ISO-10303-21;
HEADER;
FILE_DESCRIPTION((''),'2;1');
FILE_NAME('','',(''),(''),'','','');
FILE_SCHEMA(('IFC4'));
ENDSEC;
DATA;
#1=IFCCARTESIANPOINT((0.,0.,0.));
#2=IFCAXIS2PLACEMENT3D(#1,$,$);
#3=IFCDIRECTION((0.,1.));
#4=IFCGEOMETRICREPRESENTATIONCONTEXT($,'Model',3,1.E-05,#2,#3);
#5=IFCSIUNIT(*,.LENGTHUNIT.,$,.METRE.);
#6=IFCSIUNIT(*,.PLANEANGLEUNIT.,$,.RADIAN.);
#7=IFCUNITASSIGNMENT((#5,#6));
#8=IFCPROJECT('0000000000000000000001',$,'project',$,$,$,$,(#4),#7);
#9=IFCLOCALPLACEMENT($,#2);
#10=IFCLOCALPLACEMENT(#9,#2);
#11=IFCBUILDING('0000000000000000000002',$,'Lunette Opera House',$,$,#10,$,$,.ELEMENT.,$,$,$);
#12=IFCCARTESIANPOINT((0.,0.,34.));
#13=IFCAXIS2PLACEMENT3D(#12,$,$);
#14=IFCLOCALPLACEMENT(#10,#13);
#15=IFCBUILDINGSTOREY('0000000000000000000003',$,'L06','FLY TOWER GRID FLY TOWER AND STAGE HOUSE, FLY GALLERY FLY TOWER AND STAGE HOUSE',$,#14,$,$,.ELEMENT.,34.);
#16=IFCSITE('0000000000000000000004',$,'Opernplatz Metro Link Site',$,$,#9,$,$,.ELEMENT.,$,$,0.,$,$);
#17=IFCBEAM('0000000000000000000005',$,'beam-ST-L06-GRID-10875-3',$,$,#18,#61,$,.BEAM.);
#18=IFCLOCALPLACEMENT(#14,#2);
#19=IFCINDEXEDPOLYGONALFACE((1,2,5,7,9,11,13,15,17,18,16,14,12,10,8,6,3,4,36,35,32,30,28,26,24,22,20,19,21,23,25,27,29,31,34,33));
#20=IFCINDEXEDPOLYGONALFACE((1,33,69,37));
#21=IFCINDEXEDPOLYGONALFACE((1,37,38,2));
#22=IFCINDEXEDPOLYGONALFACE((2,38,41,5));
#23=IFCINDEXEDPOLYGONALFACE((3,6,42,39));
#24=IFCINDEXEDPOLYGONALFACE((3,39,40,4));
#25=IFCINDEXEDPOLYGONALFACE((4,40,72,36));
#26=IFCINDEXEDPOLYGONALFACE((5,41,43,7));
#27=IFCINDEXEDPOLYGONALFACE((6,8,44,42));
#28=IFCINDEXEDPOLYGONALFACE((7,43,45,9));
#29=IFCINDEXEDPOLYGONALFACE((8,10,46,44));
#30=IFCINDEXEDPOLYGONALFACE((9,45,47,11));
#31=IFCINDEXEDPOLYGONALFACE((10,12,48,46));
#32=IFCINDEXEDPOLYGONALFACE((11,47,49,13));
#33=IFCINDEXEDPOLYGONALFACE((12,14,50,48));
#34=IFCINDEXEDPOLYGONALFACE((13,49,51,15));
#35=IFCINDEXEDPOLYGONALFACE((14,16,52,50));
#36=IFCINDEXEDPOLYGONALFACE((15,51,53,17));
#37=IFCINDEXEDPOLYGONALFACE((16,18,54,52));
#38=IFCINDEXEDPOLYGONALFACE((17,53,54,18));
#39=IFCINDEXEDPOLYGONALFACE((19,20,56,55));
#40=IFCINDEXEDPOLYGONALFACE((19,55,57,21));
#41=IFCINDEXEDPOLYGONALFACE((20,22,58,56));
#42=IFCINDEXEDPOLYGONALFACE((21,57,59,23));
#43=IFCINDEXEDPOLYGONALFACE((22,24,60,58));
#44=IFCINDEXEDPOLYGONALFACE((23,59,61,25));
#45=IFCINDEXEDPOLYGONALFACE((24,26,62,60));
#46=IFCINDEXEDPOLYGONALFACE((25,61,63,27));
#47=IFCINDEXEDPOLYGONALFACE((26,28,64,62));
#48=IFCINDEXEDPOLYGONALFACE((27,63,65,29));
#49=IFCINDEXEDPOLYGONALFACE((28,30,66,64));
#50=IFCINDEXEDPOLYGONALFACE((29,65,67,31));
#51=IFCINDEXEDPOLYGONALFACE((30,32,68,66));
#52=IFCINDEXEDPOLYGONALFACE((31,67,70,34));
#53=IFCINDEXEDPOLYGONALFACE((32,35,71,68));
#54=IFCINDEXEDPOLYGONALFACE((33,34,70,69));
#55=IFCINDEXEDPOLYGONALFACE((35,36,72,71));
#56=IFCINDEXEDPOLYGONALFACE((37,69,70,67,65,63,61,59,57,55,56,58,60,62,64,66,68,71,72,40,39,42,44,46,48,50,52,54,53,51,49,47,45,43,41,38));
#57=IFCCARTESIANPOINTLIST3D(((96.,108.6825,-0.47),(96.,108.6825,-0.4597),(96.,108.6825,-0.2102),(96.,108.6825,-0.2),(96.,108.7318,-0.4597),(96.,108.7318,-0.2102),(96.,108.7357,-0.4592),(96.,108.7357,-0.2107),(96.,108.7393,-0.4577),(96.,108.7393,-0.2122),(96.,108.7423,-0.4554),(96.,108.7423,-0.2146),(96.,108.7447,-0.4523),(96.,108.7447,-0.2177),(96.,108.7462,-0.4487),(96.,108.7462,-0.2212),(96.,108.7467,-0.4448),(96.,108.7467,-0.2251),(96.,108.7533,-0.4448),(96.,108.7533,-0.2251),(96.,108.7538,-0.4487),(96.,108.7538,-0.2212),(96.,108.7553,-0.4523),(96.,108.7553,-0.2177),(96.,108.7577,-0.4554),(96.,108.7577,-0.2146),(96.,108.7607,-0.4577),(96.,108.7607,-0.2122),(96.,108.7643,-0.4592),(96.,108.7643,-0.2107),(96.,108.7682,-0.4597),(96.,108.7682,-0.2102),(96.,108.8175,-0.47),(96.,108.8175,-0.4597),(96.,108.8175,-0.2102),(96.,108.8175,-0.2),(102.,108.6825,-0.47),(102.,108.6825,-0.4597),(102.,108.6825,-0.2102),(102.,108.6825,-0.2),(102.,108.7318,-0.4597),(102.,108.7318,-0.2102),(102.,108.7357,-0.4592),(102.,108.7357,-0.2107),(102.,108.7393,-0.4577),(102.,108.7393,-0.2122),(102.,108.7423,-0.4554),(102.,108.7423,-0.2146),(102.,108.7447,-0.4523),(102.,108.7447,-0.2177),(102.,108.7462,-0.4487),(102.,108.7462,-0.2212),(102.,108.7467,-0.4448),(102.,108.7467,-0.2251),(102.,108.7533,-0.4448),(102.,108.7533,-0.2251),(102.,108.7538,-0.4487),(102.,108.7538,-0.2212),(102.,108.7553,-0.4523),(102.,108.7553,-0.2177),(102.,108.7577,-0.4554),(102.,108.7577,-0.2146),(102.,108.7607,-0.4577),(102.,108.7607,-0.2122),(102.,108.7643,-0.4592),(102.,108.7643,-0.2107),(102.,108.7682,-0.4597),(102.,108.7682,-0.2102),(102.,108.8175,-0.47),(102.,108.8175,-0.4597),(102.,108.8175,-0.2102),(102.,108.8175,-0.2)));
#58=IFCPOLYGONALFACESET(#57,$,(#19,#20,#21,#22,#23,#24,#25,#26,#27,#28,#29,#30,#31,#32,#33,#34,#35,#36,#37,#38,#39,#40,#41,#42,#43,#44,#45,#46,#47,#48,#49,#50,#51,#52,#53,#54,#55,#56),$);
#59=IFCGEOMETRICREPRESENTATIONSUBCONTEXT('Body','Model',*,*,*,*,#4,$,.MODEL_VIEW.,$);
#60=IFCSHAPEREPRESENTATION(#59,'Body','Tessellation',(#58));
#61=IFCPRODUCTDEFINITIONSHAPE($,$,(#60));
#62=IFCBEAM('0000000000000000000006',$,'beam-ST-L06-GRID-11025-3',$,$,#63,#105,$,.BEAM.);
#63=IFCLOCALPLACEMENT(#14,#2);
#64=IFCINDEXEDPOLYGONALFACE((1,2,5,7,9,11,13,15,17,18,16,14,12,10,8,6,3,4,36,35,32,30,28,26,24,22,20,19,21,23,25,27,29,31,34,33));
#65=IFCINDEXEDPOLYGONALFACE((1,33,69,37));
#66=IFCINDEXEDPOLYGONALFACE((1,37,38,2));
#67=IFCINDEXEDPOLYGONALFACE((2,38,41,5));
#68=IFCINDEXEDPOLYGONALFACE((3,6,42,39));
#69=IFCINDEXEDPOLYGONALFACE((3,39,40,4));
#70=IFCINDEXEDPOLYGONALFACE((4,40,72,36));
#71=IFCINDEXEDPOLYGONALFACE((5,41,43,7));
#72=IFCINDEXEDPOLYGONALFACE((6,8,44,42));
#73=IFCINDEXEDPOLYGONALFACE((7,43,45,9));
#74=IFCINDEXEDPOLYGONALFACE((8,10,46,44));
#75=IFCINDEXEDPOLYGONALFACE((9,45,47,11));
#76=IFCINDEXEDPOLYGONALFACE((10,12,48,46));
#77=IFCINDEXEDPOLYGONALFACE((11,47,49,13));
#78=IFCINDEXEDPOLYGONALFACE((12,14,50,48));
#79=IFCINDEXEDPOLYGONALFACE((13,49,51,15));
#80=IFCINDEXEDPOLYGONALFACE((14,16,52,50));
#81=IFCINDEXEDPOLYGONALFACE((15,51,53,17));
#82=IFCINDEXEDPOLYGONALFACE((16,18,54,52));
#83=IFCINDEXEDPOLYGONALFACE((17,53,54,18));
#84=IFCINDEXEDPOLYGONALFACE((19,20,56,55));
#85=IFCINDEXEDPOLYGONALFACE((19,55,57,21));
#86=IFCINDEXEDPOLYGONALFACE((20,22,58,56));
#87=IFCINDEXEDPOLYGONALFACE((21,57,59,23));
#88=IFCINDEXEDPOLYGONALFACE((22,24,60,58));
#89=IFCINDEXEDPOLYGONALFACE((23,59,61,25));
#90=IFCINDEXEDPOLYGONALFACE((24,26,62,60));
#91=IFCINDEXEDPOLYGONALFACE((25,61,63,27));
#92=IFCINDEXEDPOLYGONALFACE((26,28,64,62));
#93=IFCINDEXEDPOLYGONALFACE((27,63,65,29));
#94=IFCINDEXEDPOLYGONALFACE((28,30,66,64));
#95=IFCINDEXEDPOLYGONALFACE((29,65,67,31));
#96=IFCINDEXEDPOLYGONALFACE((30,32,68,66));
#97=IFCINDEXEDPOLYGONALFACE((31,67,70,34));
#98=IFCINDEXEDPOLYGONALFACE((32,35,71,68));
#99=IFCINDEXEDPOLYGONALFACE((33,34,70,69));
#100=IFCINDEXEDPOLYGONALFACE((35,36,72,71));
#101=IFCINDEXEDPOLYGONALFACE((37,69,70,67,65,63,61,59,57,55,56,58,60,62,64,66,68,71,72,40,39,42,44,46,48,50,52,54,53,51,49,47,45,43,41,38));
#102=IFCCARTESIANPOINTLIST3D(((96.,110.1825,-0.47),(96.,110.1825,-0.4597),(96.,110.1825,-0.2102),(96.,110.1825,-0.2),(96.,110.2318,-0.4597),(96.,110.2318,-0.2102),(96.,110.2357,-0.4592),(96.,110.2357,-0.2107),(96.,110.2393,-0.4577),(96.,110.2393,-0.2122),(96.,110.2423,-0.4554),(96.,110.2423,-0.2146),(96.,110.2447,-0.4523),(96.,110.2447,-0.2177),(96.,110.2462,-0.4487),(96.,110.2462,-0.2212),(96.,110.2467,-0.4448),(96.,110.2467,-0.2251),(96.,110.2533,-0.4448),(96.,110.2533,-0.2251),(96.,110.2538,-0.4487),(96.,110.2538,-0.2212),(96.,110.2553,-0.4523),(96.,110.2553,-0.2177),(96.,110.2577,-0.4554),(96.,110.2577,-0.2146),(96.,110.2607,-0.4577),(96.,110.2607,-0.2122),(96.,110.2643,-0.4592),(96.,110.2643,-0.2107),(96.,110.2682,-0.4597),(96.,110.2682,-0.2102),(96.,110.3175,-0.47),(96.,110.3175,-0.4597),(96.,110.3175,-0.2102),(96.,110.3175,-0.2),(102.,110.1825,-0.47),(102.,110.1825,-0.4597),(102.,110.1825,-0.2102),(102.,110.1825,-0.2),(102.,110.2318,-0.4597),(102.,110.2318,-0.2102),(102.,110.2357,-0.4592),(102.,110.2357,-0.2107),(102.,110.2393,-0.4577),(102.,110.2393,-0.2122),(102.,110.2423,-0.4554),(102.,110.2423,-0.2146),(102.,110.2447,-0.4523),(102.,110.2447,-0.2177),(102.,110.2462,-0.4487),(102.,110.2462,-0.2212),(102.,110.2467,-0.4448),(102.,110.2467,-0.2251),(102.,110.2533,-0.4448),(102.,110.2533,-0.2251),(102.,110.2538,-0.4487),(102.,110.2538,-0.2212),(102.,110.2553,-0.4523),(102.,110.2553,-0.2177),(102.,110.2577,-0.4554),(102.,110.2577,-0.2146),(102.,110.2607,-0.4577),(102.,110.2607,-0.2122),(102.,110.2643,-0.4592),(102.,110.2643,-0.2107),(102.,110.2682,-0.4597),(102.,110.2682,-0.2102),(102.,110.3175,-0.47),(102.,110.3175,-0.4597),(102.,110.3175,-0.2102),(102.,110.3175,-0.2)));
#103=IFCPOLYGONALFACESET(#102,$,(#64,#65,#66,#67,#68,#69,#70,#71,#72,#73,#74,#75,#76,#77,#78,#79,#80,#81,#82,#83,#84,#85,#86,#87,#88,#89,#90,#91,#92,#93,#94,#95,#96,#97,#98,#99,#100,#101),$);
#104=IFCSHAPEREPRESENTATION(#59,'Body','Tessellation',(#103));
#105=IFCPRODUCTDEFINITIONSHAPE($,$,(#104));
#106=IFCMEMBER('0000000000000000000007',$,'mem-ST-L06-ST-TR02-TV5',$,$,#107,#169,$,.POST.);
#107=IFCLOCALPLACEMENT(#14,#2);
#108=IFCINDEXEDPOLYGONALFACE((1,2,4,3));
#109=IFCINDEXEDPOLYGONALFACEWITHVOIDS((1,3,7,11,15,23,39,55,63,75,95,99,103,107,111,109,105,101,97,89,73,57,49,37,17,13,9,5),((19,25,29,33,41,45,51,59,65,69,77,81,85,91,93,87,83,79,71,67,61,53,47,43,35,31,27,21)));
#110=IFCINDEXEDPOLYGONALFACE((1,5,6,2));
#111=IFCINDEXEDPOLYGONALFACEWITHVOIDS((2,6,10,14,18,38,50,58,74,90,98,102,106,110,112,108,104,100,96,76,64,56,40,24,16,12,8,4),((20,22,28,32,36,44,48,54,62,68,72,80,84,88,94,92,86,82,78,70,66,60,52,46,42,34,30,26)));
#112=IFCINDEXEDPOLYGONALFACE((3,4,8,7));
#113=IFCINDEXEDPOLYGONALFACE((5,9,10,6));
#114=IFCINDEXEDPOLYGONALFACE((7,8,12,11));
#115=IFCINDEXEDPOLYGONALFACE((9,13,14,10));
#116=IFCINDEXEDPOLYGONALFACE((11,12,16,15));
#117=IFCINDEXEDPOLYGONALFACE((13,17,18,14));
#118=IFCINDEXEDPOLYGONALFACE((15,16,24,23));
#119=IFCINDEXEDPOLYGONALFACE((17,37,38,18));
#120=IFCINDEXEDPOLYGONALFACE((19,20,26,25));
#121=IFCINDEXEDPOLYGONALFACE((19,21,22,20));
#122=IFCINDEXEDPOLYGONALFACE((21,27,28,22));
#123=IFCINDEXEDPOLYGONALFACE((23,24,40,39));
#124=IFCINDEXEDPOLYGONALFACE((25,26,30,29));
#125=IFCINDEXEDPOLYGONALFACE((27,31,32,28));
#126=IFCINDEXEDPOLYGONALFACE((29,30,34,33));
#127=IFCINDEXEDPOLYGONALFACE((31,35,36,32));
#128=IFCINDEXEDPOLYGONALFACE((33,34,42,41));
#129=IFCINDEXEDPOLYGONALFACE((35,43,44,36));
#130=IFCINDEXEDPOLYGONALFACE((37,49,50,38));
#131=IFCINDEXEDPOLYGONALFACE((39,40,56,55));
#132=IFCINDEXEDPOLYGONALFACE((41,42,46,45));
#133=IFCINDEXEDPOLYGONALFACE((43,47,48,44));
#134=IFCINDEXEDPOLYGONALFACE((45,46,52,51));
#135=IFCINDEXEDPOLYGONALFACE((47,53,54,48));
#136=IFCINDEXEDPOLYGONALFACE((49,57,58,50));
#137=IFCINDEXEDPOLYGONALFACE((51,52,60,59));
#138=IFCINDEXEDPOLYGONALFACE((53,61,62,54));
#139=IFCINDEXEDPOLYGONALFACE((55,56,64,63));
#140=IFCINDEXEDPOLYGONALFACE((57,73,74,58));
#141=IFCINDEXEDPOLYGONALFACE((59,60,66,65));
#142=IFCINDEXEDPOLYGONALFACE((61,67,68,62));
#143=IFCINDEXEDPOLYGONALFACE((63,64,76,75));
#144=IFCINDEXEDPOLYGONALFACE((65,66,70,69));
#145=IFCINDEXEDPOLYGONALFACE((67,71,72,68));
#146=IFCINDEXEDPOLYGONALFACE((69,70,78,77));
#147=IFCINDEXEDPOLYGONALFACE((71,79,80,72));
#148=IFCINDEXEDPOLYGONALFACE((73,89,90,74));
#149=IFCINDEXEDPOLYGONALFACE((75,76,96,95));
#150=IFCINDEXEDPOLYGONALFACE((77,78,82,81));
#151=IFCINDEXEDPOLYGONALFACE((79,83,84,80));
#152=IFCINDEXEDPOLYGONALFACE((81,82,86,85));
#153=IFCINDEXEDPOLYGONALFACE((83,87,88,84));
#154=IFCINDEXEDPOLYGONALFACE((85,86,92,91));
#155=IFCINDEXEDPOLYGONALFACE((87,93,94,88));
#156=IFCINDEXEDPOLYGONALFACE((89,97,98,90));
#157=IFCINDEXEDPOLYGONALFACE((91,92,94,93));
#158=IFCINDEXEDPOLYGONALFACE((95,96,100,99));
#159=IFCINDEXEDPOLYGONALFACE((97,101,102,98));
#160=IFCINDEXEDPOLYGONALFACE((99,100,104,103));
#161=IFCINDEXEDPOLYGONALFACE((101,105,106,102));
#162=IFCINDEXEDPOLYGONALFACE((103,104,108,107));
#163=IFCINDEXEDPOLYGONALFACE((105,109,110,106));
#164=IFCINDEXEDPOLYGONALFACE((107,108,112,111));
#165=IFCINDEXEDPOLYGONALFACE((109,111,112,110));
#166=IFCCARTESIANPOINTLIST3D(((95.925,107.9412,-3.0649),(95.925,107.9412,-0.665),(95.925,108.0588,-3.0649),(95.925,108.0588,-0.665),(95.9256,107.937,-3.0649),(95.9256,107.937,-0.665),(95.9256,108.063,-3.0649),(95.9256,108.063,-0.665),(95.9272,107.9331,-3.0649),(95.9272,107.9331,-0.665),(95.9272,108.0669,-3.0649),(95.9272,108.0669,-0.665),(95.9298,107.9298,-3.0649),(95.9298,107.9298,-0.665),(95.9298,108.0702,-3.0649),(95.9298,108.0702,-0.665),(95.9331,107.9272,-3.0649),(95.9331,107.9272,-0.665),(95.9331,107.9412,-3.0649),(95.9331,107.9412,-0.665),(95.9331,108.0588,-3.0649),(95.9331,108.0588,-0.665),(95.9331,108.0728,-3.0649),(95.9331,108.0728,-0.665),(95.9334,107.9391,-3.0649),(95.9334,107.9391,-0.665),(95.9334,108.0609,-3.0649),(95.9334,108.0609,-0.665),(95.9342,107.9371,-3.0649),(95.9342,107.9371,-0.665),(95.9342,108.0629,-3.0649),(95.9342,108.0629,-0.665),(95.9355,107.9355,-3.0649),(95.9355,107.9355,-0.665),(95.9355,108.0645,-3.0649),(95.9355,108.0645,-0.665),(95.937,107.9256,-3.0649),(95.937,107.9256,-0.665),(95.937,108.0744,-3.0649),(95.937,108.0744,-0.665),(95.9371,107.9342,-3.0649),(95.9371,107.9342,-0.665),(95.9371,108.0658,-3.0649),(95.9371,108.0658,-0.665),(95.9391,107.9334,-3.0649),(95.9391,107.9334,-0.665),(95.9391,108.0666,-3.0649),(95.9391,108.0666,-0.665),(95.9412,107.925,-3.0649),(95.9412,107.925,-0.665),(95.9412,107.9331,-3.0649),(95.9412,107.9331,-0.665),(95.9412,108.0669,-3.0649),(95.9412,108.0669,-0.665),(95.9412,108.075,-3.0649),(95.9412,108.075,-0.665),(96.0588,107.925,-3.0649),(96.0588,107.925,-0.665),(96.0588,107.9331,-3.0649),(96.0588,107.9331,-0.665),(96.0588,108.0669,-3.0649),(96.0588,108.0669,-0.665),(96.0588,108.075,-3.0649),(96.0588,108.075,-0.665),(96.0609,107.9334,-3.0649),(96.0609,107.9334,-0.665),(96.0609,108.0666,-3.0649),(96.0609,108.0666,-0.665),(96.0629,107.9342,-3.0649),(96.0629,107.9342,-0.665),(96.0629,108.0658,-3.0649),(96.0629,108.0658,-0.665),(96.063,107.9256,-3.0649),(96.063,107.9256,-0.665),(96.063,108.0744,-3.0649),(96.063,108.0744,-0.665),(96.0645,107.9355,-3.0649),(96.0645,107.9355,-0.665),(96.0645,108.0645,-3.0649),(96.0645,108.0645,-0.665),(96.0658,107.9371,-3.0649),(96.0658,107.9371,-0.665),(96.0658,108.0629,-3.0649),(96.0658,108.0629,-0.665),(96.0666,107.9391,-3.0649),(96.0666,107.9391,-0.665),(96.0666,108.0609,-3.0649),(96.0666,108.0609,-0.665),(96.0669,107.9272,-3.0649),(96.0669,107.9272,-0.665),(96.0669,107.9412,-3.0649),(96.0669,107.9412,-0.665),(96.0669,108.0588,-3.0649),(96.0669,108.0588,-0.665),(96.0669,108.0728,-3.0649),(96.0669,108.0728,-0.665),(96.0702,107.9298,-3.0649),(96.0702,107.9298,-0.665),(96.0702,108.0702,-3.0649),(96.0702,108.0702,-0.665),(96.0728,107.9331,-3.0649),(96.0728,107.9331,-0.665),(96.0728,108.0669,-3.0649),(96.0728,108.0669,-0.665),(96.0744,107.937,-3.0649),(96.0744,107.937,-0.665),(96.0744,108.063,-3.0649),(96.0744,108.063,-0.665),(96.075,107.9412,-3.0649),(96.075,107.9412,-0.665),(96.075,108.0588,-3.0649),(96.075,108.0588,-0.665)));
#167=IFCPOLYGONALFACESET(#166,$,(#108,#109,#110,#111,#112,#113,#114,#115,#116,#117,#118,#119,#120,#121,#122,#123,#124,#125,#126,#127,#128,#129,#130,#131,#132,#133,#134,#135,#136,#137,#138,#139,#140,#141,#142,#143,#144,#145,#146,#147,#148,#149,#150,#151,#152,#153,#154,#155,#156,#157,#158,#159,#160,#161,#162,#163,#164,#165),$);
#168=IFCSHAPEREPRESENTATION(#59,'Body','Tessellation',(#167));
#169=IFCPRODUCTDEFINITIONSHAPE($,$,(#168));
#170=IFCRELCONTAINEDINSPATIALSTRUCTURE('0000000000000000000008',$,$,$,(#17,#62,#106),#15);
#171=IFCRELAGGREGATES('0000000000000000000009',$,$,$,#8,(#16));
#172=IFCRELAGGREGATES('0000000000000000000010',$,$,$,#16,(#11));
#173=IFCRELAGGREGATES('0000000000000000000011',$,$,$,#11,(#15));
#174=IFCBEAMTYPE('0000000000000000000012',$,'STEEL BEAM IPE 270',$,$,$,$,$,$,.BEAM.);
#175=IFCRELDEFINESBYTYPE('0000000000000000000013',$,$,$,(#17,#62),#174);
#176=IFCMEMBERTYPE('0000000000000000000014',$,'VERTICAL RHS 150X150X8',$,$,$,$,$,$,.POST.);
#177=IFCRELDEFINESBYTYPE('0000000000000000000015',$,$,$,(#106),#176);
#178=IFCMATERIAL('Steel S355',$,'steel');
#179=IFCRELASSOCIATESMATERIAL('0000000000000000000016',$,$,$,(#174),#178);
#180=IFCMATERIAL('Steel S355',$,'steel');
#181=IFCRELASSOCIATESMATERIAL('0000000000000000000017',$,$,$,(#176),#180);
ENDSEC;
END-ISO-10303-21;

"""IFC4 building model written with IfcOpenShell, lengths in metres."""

from ifc_helpers import new_model, si_unit, direction, frame, origin, origin_2d, place, context, subcontext, project, spatial, hollow_rectangle, i_section, extrude, material, material_profile, profile_set, type_object, element, save


model = new_model("IFC4")

# Units and contexts
model_context = context("Model", 3, precision=1e-05, world=origin(), true_north=direction((0.0, 1.0)))
body_context = subcontext(model_context, "Body", "Model", "MODEL_VIEW")
ifc_project = project(units=[si_unit("LENGTHUNIT", "METRE"), si_unit("PLANEANGLEUNIT", "RADIAN")], contexts=[model_context])

# Site, building, storey
site_placement = place(None, origin())
site = spatial("IfcSite", under=ifc_project, at=site_placement, Name="Opernplatz Metro Link Site", CompositionType="ELEMENT", RefElevation=0.0)
building_placement = place(site_placement, origin())
building = spatial("IfcBuilding", under=site, at=building_placement, Name="Lunette Opera House", CompositionType="ELEMENT")
storey_placement = place(building_placement, frame((0.0, 0.0, 34.0)))
storey = spatial("IfcBuildingStorey", under=building, at=storey_placement, Name="L06", Description="FLY TOWER GRID FLY TOWER AND STAGE HOUSE, FLY GALLERY FLY TOWER AND STAGE HOUSE", CompositionType="ELEMENT", Elevation=34.0)

# Beams
ifc_material_1 = material(Name="Steel S355", Category="steel")
ifc_material_profile_1 = material_profile(ifc_material_1, i_section(OverallWidth=0.135, OverallDepth=0.27, WebThickness=0.0066, FlangeThickness=0.0103, FilletRadius=0.0149, at=origin_2d()), Name="IPE 270")
ifc_profile_set_1 = profile_set([ifc_material_profile_1], Name="Steel S355")
beam_type = type_object("IfcBeamType", Name="STEEL BEAM IPE 270", PredefinedType="BEAM", material=ifc_profile_set_1)
for number, where, z_axis, x_axis, name in (
    (1, (96.0, 108.75, -0.335), (1.0, 0.0, 0.0), (0.0, 1.0, 0.0), "beam-ST-L06-GRID-10875-3"),
    (2, (96.0, 110.25, -0.335), (1.0, 0.0, 0.0), (0.0, 1.0, 0.0), "beam-ST-L06-GRID-11025-3"),
):
    element("IfcBeam", number, at=place(storey_placement, frame(where, z_axis=z_axis, x_axis=x_axis)), inside=storey, type_object=beam_type, Name=name, PredefinedType="BEAM", context=body_context, shape_type="SweptSolid", body=[
        extrude(i_section(OverallWidth=0.135, OverallDepth=0.27, WebThickness=0.0066, FlangeThickness=0.0103, FilletRadius=0.0149, at=origin_2d()), origin(), (0.0, 0.0, 1.0), 6.0),
    ])

# Member
ifc_material_2 = material(Name="Steel S355", Category="steel")
ifc_material_profile_2 = material_profile(ifc_material_2, hollow_rectangle(XDim=0.1499, YDim=0.1499, WallThickness=0.0081, InnerFilletRadius=0.0081, OuterFilletRadius=0.0161, at=origin_2d()), Name="RHS 150X150X8")
ifc_profile_set_2 = profile_set([ifc_material_profile_2], Name="Steel S355")
member_type_1 = type_object("IfcMemberType", Name="VERTICAL RHS 150X150X8", PredefinedType="POST", material=ifc_profile_set_2)
for number, where, z_axis, x_axis, name in (
    (3, (96.0, 108.0, -3.0649), (0.0, 0.0, 1.0), (1.0, 0.0, 0.0), "mem-ST-L06-ST-TR02-TV5"),
):
    element("IfcMember", number, at=place(storey_placement, frame(where, z_axis=z_axis, x_axis=x_axis)), inside=storey, type_object=member_type_1, Name=name, PredefinedType="POST", context=body_context, shape_type="SweptSolid", body=[
        extrude(hollow_rectangle(XDim=0.1499, YDim=0.1499, WallThickness=0.0081, InnerFilletRadius=0.0081, OuterFilletRadius=0.0161, at=origin_2d()), origin(), (0.0, 0.0, 1.0), 2.3999),
    ])

save(model, "model.ifc")
